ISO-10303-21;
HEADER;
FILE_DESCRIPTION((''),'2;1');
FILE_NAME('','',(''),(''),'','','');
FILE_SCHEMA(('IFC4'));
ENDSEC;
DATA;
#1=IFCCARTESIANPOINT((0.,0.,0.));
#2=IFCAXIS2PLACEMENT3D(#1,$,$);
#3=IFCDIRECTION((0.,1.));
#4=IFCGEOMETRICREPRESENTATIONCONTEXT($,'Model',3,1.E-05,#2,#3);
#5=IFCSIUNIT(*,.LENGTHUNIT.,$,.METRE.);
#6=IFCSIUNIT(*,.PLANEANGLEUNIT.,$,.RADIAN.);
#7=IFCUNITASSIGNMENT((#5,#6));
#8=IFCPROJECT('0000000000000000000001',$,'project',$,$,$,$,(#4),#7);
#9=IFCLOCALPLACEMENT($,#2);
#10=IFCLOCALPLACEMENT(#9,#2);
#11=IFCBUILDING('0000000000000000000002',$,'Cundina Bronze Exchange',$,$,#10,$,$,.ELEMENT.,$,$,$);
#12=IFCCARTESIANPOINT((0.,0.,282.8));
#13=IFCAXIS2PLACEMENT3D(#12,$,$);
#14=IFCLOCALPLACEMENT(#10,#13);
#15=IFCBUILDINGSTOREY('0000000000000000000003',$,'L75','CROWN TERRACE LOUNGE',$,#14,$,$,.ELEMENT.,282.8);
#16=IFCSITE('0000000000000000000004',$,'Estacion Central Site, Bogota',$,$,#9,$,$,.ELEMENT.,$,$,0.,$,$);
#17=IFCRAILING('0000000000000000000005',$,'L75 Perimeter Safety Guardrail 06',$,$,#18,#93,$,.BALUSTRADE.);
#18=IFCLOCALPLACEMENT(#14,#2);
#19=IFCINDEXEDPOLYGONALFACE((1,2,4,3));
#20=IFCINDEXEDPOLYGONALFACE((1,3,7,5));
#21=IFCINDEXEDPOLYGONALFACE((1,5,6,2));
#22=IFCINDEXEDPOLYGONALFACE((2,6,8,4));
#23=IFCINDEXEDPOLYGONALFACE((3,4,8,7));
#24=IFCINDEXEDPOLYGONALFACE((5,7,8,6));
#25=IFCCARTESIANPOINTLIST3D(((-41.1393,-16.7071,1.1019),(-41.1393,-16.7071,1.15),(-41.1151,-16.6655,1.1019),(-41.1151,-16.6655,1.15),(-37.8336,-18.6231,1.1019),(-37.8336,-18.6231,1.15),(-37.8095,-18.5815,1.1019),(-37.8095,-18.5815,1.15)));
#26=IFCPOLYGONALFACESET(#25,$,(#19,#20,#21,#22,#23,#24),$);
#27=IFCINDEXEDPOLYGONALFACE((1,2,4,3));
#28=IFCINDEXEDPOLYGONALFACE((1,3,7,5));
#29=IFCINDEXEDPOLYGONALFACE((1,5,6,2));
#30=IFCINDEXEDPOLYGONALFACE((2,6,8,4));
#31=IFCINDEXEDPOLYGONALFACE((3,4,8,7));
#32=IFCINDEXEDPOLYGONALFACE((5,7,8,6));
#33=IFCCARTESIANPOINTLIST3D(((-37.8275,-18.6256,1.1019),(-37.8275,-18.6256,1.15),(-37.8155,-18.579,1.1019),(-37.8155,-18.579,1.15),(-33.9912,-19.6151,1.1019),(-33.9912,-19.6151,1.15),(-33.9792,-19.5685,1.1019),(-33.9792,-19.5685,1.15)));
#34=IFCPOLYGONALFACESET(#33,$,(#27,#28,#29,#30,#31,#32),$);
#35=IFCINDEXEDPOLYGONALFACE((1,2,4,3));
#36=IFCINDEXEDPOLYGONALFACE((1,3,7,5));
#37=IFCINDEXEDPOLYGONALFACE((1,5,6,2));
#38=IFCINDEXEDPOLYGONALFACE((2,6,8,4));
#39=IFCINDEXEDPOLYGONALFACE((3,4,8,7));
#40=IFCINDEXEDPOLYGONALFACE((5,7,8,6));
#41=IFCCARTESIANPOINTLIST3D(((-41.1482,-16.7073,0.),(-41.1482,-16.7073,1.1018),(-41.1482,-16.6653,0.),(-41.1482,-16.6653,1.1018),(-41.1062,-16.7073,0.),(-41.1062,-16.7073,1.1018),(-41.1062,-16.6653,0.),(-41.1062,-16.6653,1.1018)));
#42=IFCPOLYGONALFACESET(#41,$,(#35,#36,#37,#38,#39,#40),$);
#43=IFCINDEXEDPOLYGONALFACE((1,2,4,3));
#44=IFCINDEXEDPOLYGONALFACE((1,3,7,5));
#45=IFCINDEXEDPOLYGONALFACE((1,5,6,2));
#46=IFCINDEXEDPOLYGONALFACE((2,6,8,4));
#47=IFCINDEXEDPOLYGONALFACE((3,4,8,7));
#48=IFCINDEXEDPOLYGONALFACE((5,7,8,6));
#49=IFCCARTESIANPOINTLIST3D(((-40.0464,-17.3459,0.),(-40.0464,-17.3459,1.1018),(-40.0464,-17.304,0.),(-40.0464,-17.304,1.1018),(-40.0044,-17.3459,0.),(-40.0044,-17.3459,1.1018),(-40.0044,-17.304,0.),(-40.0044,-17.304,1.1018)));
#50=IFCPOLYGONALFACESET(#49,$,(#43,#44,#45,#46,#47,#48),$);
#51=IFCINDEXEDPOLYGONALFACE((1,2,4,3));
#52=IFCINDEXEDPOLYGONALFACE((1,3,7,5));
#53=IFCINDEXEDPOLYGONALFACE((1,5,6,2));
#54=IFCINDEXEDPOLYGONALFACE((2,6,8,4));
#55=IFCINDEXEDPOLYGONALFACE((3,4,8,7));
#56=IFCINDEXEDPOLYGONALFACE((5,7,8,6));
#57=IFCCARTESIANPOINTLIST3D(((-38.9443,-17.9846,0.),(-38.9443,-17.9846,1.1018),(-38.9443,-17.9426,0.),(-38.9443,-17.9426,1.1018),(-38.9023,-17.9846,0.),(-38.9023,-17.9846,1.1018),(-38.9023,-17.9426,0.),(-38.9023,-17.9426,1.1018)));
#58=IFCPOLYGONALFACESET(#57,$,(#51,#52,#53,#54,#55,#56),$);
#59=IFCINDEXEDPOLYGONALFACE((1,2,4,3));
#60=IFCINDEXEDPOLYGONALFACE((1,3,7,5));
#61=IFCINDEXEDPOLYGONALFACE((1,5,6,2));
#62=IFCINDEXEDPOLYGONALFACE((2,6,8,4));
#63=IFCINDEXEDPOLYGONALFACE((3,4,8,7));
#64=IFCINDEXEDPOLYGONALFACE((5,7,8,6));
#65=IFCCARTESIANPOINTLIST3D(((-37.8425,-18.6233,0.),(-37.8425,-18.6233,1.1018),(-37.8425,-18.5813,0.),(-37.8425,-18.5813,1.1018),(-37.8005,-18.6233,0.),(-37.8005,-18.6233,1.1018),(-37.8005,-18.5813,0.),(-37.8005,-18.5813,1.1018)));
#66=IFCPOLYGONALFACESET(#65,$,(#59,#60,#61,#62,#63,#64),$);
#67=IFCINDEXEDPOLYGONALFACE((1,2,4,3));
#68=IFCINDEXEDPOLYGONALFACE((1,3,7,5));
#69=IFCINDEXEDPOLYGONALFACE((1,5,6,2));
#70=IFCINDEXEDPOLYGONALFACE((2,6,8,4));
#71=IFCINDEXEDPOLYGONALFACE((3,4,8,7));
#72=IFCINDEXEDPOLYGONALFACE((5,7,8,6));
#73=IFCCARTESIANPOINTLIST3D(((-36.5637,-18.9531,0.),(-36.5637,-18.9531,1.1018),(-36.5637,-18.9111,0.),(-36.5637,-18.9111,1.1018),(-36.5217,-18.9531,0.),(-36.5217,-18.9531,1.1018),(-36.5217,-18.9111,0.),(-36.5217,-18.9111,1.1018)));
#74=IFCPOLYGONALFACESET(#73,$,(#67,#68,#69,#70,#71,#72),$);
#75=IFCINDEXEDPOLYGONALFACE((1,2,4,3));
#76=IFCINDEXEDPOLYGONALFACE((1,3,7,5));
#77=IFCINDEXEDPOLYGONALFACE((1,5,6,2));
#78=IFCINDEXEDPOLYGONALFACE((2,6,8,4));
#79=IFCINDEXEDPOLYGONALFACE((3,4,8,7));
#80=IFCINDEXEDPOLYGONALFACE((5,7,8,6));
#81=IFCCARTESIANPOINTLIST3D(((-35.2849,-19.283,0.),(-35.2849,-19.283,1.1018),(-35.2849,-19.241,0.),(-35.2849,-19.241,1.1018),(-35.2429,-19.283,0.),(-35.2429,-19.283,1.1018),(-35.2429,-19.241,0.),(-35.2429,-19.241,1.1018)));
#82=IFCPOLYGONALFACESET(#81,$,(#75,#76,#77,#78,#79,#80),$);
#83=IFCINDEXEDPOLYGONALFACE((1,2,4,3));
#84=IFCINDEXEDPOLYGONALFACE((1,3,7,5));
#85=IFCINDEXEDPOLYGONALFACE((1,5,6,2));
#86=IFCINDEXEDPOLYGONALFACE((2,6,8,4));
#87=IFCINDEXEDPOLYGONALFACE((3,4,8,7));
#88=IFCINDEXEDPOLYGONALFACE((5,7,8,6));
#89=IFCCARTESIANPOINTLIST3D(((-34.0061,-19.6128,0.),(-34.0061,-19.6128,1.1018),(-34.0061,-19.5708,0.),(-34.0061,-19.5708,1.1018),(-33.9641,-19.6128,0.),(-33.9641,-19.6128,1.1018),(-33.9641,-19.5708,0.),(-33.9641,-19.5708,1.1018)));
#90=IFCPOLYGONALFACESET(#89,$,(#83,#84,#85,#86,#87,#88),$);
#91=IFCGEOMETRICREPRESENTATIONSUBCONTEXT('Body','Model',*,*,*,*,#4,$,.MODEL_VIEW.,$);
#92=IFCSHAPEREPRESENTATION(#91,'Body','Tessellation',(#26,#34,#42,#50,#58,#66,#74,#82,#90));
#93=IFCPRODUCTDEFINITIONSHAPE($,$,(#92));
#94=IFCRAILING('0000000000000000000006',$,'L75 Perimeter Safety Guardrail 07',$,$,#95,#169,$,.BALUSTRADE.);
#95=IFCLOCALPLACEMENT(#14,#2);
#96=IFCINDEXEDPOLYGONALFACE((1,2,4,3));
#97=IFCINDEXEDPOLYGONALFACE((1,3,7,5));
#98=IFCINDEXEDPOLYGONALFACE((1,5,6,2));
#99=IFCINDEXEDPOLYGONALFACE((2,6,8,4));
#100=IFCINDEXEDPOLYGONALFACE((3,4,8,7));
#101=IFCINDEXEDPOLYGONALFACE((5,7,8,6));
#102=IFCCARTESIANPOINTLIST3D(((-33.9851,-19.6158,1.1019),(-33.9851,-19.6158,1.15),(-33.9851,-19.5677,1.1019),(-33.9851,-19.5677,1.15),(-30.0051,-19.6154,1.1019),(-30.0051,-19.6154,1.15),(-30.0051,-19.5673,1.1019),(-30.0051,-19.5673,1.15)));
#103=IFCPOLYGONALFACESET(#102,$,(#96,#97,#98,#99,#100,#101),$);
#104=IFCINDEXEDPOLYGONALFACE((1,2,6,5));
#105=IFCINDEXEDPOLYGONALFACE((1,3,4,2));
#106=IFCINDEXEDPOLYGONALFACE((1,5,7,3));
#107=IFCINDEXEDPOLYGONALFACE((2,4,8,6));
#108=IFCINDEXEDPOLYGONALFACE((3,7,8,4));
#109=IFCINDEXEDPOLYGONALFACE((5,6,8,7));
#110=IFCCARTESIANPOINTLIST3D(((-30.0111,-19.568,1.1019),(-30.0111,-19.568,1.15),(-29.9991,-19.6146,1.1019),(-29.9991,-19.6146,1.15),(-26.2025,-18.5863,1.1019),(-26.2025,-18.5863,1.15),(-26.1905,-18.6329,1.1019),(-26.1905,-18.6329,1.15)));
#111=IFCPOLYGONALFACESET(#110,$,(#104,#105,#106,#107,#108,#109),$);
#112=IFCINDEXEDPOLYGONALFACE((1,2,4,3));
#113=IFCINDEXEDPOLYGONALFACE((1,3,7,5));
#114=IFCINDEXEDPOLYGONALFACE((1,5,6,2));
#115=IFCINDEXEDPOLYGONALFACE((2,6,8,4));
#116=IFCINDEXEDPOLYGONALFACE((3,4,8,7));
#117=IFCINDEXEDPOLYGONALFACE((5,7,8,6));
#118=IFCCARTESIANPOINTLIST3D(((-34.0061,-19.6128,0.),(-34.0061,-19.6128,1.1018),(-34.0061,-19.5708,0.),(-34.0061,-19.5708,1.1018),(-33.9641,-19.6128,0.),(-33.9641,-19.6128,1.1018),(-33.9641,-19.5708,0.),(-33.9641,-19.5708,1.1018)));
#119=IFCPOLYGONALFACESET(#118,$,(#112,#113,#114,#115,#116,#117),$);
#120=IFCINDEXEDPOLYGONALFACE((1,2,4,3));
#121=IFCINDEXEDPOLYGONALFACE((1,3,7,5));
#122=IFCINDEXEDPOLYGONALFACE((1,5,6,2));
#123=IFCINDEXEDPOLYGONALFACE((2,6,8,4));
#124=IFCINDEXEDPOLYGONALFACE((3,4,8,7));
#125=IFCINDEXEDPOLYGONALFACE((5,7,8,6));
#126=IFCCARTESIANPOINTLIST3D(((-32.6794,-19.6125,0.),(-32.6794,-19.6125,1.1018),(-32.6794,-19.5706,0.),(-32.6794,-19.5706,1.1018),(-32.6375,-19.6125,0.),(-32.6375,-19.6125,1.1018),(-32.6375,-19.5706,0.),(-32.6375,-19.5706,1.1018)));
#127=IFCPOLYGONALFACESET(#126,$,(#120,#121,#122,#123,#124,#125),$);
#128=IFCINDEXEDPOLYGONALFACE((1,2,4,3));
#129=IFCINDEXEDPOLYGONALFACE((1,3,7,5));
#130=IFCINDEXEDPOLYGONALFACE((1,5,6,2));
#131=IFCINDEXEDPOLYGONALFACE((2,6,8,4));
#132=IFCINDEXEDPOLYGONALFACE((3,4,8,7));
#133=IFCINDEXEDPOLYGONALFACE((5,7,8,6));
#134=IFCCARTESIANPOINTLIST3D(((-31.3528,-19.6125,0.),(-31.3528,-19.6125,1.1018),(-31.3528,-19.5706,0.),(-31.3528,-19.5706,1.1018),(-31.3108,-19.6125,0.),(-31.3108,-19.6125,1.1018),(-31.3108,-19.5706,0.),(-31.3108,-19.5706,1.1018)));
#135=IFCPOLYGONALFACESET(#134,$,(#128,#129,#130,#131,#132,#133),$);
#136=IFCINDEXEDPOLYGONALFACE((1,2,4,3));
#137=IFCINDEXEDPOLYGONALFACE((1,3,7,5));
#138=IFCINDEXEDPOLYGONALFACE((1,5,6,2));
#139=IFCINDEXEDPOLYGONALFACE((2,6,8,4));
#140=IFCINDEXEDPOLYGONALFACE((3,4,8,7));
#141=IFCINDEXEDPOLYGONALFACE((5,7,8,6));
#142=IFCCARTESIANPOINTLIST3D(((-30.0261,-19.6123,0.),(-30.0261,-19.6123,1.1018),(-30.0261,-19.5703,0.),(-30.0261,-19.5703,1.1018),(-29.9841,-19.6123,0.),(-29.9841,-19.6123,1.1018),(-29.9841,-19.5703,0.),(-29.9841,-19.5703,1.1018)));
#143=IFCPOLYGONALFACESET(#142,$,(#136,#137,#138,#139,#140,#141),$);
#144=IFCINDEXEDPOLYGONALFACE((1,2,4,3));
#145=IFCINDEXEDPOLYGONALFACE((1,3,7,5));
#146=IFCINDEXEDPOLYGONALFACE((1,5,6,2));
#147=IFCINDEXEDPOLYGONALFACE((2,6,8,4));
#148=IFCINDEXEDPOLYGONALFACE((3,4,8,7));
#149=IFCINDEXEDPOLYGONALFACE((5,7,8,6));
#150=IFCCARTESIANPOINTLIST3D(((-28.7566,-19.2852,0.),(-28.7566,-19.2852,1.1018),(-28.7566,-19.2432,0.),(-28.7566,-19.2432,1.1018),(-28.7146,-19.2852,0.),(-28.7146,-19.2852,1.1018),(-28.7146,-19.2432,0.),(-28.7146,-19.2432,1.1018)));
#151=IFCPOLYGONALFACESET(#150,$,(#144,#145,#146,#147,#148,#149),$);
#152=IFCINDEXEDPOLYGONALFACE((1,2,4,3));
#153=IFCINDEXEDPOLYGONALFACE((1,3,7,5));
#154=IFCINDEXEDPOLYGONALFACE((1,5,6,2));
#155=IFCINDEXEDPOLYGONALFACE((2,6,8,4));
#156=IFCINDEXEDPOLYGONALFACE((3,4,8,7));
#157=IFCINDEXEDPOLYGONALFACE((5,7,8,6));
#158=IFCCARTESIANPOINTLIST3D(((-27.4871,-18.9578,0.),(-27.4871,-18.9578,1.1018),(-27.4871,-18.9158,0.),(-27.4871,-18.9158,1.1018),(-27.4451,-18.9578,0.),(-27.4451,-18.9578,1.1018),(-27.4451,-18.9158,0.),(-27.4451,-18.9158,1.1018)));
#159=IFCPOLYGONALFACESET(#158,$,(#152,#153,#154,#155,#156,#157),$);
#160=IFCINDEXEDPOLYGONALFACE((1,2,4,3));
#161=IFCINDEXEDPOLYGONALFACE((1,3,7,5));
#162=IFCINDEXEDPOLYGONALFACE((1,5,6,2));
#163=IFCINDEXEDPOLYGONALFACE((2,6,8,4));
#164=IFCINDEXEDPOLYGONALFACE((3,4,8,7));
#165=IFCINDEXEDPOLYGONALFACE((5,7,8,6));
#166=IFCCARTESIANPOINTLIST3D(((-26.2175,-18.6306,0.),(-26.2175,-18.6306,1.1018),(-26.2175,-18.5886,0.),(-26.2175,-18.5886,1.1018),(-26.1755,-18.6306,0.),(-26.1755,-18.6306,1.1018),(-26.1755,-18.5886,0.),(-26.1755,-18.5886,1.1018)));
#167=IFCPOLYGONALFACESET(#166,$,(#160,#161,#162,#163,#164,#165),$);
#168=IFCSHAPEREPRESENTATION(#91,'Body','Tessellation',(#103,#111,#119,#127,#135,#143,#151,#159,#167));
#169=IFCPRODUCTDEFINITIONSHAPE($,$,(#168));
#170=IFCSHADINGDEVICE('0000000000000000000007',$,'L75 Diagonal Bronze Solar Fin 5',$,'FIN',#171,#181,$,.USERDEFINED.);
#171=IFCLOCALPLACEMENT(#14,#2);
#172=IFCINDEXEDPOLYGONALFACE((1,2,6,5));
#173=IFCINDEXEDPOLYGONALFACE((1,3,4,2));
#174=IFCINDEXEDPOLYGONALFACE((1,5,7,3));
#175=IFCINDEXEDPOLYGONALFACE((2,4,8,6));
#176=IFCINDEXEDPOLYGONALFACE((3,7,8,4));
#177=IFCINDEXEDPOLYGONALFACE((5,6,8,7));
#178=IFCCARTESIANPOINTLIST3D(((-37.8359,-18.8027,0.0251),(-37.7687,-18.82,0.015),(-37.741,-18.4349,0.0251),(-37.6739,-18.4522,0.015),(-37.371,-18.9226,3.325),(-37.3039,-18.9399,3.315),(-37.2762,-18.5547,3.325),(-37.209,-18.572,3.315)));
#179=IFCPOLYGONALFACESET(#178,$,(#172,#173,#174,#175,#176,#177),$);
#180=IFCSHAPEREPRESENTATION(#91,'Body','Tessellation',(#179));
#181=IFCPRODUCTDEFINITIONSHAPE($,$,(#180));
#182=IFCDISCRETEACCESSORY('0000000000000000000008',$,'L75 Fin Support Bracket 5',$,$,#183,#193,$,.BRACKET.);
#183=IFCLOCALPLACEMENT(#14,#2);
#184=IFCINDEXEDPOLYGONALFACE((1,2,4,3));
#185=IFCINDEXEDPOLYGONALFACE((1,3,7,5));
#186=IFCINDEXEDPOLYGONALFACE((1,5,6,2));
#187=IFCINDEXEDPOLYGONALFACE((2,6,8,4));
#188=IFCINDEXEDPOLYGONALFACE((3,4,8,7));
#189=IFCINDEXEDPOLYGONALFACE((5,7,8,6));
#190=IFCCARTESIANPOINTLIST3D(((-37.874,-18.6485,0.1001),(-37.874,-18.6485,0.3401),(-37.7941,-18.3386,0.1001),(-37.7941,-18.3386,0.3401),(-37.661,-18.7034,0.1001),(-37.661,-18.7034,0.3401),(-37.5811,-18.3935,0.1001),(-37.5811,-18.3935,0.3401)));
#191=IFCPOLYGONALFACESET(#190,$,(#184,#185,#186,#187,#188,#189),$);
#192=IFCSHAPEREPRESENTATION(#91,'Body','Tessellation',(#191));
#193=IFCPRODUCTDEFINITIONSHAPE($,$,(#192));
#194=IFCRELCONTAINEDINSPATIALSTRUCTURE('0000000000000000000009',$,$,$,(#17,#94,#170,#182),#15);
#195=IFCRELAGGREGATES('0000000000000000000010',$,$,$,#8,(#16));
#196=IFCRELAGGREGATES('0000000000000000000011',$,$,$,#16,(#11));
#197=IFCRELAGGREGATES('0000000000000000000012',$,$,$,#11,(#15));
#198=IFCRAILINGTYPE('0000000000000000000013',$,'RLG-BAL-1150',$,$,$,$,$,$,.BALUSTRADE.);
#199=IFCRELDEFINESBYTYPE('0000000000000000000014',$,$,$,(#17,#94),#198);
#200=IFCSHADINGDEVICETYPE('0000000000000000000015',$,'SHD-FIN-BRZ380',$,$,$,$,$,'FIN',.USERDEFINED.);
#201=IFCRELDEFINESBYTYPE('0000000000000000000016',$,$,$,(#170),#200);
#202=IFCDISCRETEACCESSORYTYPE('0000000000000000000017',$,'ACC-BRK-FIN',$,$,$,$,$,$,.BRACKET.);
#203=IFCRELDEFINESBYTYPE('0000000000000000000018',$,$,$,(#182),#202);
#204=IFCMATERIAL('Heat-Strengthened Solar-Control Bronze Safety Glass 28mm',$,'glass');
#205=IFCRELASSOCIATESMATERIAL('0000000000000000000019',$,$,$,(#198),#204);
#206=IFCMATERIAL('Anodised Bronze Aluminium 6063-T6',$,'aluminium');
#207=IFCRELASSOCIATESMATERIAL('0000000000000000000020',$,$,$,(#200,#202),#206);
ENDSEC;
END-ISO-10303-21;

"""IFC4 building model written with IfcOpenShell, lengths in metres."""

from ifc_helpers import new_model, si_unit, direction, frame, origin, origin_2d, place, context, subcontext, project, spatial, rectangle, extrude, material, material_profile, profile_set, type_object, element, save


model = new_model("IFC4")

# Units and contexts
model_context = context("Model", 3, precision=1e-05, world=origin(), true_north=direction((0.0, 1.0)))
body_context = subcontext(model_context, "Body", "Model", "MODEL_VIEW")
ifc_project = project(units=[si_unit("LENGTHUNIT", "METRE"), si_unit("PLANEANGLEUNIT", "RADIAN")], contexts=[model_context])

# Site, building, storey
site_placement = place(None, origin())
site = spatial("IfcSite", under=ifc_project, at=site_placement, Name="Estacion Central Site, Bogota", CompositionType="ELEMENT", RefElevation=0.0)
building_placement = place(site_placement, origin())
building = spatial("IfcBuilding", under=site, at=building_placement, Name="Cundina Bronze Exchange", CompositionType="ELEMENT")
storey_placement = place(building_placement, frame((0.0, 0.0, 282.8)))
storey = spatial("IfcBuildingStorey", under=building, at=storey_placement, Name="L75", Description="CROWN TERRACE LOUNGE", CompositionType="ELEMENT", Elevation=282.8)

# Shared definitions
ifc_material_1 = material(Name="Anodised Bronze Aluminium 6063-T6", Category="aluminium")

# Railings
ifc_material_2 = material(Name="Heat-Strengthened Solar-Control Bronze Safety Glass 28mm", Category="glass")
railing_type = type_object("IfcRailingType", Name="RLG-BAL-1150", PredefinedType="BALUSTRADE", material=ifc_material_2)
railing_1_placement = place(storey_placement, frame((-41.1272, -16.6863, 0.0)))
element("IfcRailing", 1, at=railing_1_placement, inside=storey, type_object=railing_type, Name="L75 Perimeter Safety Guardrail 06", PredefinedType="BALUSTRADE", context=body_context, shape_type="SweptSolid", body=[
    extrude(rectangle(XDim=0.0481, YDim=0.0481, at=origin_2d()), frame((0.0, 0.0, 1.126), z_axis=(0.865175, -0.501469, 0.0), x_axis=(0.501469, 0.865175, 0.0)), (0.0, 0.0, 1.0), 3.8208),
    extrude(rectangle(XDim=0.0481, YDim=0.0481, at=origin_2d()), frame((3.3057, -1.916, 1.126), z_axis=(0.968311, -0.249749, 0.0), x_axis=(0.249749, 0.968311, 0.0)), (0.0, 0.0, 1.0), 3.9619),
    extrude(rectangle(XDim=0.042, YDim=0.042, at=origin_2d()), origin(), (0.0, 0.0, 1.0), 1.1018),
    extrude(rectangle(XDim=0.042, YDim=0.042, at=origin_2d()), frame((1.1018, -0.6387, 0.0)), (0.0, 0.0, 1.0), 1.1018),
    extrude(rectangle(XDim=0.042, YDim=0.042, at=origin_2d()), frame((2.2039, -1.2773, 0.0)), (0.0, 0.0, 1.0), 1.1018),
    extrude(rectangle(XDim=0.042, YDim=0.042, at=origin_2d()), frame((3.3057, -1.916, 0.0)), (0.0, 0.0, 1.0), 1.1018),
    extrude(rectangle(XDim=0.042, YDim=0.042, at=origin_2d()), frame((4.5845, -2.2458, 0.0)), (0.0, 0.0, 1.0), 1.1018),
    extrude(rectangle(XDim=0.042, YDim=0.042, at=origin_2d()), frame((5.8633, -2.5757, 0.0)), (0.0, 0.0, 1.0), 1.1018),
    extrude(rectangle(XDim=0.042, YDim=0.042, at=origin_2d()), frame((7.1421, -2.9055, 0.0)), (0.0, 0.0, 1.0), 1.1018),
])
railing_2_placement = place(storey_placement, frame((-33.9851, -19.5918, 0.0)))
element("IfcRailing", 2, at=railing_2_placement, inside=storey, type_object=railing_type, Name="L75 Perimeter Safety Guardrail 07", PredefinedType="BALUSTRADE", context=body_context, shape_type="SweptSolid", body=[
    extrude(rectangle(XDim=0.0481, YDim=0.0481, at=origin_2d()), frame((0.0, 0.0, 1.126), z_axis=(1.0, 0.000123, 0.0), x_axis=(-0.000123, 1.0, 0.0)), (0.0, 0.0, 1.0), 3.98),
    extrude(rectangle(XDim=0.0481, YDim=0.0481, at=origin_2d()), frame((3.98, 0.0005, 1.126), z_axis=(0.968349, 0.249598, 0.0), x_axis=(-0.249598, 0.968349, 0.0)), (0.0, 0.0, 1.0), 3.9331),
    extrude(rectangle(XDim=0.042, YDim=0.042, at=origin_2d()), origin(), (0.0, 0.0, 1.0), 1.1018),
    extrude(rectangle(XDim=0.042, YDim=0.042, at=origin_2d()), frame((1.3267, 0.0002, 0.0)), (0.0, 0.0, 1.0), 1.1018),
    extrude(rectangle(XDim=0.042, YDim=0.042, at=origin_2d()), frame((2.6533, 0.0002, 0.0)), (0.0, 0.0, 1.0), 1.1018),
    extrude(rectangle(XDim=0.042, YDim=0.042, at=origin_2d()), frame((3.98, 0.0005, 0.0)), (0.0, 0.0, 1.0), 1.1018),
    extrude(rectangle(XDim=0.042, YDim=0.042, at=origin_2d()), frame((5.2495, 0.3276, 0.0)), (0.0, 0.0, 1.0), 1.1018),
    extrude(rectangle(XDim=0.042, YDim=0.042, at=origin_2d()), frame((6.519, 0.655, 0.0)), (0.0, 0.0, 1.0), 1.1018),
    extrude(rectangle(XDim=0.042, YDim=0.042, at=origin_2d()), frame((7.7886, 0.9822, 0.0)), (0.0, 0.0, 1.0), 1.1018),
])

# Shading device
ifc_material_profile_1 = material_profile(ifc_material_1, rectangle(XDim=0.0701, YDim=0.3799, at=origin_2d()), Name="FIN70X380", Category="aluminium")
ifc_profile_set_1 = profile_set([ifc_material_profile_1], Name="Anodised Bronze Aluminium 6063-T6")
shading_device_type = type_object("IfcShadingDeviceType", Name="SHD-FIN-BRZ380", ElementType="FIN", PredefinedType="USERDEFINED", material=ifc_profile_set_1)
shading_device_placement = place(storey_placement, frame((-37.7549, -18.6274, 0.02), z_axis=(0.139393, -0.035946, 0.989585), x_axis=(-0.958235, 0.247108, 0.143953)))
element("IfcShadingDevice", 3, at=shading_device_placement, inside=storey, type_object=shading_device_type, Name="L75 Diagonal Bronze Solar Fin 5", ObjectType="FIN", PredefinedType="USERDEFINED", context=body_context, shape_type="SweptSolid", body=[
    extrude(rectangle(XDim=0.0701, YDim=0.3799, at=origin_2d()), origin(), (0.0, 0.0, 1.0), 3.3347),
])

# Discrete accessory
discrete_accessory_type = type_object("IfcDiscreteAccessoryType", Name="ACC-BRK-FIN", PredefinedType="BRACKET", material=ifc_material_1)
discrete_accessory_placement = place(storey_placement, frame((-37.7275, -18.521, 0.1001), z_axis=(0.0, 0.0, 1.0), x_axis=(0.968309, -0.249755, 0.0)))
element("IfcDiscreteAccessory", 4, at=discrete_accessory_placement, inside=storey, type_object=discrete_accessory_type, Name="L75 Fin Support Bracket 5", PredefinedType="BRACKET", context=body_context, shape_type="SweptSolid", body=[
    extrude(rectangle(XDim=0.22, YDim=0.3201, at=origin_2d()), origin(), (0.0, 0.0, 1.0), 0.24),
])

save(model, "model.ifc")
